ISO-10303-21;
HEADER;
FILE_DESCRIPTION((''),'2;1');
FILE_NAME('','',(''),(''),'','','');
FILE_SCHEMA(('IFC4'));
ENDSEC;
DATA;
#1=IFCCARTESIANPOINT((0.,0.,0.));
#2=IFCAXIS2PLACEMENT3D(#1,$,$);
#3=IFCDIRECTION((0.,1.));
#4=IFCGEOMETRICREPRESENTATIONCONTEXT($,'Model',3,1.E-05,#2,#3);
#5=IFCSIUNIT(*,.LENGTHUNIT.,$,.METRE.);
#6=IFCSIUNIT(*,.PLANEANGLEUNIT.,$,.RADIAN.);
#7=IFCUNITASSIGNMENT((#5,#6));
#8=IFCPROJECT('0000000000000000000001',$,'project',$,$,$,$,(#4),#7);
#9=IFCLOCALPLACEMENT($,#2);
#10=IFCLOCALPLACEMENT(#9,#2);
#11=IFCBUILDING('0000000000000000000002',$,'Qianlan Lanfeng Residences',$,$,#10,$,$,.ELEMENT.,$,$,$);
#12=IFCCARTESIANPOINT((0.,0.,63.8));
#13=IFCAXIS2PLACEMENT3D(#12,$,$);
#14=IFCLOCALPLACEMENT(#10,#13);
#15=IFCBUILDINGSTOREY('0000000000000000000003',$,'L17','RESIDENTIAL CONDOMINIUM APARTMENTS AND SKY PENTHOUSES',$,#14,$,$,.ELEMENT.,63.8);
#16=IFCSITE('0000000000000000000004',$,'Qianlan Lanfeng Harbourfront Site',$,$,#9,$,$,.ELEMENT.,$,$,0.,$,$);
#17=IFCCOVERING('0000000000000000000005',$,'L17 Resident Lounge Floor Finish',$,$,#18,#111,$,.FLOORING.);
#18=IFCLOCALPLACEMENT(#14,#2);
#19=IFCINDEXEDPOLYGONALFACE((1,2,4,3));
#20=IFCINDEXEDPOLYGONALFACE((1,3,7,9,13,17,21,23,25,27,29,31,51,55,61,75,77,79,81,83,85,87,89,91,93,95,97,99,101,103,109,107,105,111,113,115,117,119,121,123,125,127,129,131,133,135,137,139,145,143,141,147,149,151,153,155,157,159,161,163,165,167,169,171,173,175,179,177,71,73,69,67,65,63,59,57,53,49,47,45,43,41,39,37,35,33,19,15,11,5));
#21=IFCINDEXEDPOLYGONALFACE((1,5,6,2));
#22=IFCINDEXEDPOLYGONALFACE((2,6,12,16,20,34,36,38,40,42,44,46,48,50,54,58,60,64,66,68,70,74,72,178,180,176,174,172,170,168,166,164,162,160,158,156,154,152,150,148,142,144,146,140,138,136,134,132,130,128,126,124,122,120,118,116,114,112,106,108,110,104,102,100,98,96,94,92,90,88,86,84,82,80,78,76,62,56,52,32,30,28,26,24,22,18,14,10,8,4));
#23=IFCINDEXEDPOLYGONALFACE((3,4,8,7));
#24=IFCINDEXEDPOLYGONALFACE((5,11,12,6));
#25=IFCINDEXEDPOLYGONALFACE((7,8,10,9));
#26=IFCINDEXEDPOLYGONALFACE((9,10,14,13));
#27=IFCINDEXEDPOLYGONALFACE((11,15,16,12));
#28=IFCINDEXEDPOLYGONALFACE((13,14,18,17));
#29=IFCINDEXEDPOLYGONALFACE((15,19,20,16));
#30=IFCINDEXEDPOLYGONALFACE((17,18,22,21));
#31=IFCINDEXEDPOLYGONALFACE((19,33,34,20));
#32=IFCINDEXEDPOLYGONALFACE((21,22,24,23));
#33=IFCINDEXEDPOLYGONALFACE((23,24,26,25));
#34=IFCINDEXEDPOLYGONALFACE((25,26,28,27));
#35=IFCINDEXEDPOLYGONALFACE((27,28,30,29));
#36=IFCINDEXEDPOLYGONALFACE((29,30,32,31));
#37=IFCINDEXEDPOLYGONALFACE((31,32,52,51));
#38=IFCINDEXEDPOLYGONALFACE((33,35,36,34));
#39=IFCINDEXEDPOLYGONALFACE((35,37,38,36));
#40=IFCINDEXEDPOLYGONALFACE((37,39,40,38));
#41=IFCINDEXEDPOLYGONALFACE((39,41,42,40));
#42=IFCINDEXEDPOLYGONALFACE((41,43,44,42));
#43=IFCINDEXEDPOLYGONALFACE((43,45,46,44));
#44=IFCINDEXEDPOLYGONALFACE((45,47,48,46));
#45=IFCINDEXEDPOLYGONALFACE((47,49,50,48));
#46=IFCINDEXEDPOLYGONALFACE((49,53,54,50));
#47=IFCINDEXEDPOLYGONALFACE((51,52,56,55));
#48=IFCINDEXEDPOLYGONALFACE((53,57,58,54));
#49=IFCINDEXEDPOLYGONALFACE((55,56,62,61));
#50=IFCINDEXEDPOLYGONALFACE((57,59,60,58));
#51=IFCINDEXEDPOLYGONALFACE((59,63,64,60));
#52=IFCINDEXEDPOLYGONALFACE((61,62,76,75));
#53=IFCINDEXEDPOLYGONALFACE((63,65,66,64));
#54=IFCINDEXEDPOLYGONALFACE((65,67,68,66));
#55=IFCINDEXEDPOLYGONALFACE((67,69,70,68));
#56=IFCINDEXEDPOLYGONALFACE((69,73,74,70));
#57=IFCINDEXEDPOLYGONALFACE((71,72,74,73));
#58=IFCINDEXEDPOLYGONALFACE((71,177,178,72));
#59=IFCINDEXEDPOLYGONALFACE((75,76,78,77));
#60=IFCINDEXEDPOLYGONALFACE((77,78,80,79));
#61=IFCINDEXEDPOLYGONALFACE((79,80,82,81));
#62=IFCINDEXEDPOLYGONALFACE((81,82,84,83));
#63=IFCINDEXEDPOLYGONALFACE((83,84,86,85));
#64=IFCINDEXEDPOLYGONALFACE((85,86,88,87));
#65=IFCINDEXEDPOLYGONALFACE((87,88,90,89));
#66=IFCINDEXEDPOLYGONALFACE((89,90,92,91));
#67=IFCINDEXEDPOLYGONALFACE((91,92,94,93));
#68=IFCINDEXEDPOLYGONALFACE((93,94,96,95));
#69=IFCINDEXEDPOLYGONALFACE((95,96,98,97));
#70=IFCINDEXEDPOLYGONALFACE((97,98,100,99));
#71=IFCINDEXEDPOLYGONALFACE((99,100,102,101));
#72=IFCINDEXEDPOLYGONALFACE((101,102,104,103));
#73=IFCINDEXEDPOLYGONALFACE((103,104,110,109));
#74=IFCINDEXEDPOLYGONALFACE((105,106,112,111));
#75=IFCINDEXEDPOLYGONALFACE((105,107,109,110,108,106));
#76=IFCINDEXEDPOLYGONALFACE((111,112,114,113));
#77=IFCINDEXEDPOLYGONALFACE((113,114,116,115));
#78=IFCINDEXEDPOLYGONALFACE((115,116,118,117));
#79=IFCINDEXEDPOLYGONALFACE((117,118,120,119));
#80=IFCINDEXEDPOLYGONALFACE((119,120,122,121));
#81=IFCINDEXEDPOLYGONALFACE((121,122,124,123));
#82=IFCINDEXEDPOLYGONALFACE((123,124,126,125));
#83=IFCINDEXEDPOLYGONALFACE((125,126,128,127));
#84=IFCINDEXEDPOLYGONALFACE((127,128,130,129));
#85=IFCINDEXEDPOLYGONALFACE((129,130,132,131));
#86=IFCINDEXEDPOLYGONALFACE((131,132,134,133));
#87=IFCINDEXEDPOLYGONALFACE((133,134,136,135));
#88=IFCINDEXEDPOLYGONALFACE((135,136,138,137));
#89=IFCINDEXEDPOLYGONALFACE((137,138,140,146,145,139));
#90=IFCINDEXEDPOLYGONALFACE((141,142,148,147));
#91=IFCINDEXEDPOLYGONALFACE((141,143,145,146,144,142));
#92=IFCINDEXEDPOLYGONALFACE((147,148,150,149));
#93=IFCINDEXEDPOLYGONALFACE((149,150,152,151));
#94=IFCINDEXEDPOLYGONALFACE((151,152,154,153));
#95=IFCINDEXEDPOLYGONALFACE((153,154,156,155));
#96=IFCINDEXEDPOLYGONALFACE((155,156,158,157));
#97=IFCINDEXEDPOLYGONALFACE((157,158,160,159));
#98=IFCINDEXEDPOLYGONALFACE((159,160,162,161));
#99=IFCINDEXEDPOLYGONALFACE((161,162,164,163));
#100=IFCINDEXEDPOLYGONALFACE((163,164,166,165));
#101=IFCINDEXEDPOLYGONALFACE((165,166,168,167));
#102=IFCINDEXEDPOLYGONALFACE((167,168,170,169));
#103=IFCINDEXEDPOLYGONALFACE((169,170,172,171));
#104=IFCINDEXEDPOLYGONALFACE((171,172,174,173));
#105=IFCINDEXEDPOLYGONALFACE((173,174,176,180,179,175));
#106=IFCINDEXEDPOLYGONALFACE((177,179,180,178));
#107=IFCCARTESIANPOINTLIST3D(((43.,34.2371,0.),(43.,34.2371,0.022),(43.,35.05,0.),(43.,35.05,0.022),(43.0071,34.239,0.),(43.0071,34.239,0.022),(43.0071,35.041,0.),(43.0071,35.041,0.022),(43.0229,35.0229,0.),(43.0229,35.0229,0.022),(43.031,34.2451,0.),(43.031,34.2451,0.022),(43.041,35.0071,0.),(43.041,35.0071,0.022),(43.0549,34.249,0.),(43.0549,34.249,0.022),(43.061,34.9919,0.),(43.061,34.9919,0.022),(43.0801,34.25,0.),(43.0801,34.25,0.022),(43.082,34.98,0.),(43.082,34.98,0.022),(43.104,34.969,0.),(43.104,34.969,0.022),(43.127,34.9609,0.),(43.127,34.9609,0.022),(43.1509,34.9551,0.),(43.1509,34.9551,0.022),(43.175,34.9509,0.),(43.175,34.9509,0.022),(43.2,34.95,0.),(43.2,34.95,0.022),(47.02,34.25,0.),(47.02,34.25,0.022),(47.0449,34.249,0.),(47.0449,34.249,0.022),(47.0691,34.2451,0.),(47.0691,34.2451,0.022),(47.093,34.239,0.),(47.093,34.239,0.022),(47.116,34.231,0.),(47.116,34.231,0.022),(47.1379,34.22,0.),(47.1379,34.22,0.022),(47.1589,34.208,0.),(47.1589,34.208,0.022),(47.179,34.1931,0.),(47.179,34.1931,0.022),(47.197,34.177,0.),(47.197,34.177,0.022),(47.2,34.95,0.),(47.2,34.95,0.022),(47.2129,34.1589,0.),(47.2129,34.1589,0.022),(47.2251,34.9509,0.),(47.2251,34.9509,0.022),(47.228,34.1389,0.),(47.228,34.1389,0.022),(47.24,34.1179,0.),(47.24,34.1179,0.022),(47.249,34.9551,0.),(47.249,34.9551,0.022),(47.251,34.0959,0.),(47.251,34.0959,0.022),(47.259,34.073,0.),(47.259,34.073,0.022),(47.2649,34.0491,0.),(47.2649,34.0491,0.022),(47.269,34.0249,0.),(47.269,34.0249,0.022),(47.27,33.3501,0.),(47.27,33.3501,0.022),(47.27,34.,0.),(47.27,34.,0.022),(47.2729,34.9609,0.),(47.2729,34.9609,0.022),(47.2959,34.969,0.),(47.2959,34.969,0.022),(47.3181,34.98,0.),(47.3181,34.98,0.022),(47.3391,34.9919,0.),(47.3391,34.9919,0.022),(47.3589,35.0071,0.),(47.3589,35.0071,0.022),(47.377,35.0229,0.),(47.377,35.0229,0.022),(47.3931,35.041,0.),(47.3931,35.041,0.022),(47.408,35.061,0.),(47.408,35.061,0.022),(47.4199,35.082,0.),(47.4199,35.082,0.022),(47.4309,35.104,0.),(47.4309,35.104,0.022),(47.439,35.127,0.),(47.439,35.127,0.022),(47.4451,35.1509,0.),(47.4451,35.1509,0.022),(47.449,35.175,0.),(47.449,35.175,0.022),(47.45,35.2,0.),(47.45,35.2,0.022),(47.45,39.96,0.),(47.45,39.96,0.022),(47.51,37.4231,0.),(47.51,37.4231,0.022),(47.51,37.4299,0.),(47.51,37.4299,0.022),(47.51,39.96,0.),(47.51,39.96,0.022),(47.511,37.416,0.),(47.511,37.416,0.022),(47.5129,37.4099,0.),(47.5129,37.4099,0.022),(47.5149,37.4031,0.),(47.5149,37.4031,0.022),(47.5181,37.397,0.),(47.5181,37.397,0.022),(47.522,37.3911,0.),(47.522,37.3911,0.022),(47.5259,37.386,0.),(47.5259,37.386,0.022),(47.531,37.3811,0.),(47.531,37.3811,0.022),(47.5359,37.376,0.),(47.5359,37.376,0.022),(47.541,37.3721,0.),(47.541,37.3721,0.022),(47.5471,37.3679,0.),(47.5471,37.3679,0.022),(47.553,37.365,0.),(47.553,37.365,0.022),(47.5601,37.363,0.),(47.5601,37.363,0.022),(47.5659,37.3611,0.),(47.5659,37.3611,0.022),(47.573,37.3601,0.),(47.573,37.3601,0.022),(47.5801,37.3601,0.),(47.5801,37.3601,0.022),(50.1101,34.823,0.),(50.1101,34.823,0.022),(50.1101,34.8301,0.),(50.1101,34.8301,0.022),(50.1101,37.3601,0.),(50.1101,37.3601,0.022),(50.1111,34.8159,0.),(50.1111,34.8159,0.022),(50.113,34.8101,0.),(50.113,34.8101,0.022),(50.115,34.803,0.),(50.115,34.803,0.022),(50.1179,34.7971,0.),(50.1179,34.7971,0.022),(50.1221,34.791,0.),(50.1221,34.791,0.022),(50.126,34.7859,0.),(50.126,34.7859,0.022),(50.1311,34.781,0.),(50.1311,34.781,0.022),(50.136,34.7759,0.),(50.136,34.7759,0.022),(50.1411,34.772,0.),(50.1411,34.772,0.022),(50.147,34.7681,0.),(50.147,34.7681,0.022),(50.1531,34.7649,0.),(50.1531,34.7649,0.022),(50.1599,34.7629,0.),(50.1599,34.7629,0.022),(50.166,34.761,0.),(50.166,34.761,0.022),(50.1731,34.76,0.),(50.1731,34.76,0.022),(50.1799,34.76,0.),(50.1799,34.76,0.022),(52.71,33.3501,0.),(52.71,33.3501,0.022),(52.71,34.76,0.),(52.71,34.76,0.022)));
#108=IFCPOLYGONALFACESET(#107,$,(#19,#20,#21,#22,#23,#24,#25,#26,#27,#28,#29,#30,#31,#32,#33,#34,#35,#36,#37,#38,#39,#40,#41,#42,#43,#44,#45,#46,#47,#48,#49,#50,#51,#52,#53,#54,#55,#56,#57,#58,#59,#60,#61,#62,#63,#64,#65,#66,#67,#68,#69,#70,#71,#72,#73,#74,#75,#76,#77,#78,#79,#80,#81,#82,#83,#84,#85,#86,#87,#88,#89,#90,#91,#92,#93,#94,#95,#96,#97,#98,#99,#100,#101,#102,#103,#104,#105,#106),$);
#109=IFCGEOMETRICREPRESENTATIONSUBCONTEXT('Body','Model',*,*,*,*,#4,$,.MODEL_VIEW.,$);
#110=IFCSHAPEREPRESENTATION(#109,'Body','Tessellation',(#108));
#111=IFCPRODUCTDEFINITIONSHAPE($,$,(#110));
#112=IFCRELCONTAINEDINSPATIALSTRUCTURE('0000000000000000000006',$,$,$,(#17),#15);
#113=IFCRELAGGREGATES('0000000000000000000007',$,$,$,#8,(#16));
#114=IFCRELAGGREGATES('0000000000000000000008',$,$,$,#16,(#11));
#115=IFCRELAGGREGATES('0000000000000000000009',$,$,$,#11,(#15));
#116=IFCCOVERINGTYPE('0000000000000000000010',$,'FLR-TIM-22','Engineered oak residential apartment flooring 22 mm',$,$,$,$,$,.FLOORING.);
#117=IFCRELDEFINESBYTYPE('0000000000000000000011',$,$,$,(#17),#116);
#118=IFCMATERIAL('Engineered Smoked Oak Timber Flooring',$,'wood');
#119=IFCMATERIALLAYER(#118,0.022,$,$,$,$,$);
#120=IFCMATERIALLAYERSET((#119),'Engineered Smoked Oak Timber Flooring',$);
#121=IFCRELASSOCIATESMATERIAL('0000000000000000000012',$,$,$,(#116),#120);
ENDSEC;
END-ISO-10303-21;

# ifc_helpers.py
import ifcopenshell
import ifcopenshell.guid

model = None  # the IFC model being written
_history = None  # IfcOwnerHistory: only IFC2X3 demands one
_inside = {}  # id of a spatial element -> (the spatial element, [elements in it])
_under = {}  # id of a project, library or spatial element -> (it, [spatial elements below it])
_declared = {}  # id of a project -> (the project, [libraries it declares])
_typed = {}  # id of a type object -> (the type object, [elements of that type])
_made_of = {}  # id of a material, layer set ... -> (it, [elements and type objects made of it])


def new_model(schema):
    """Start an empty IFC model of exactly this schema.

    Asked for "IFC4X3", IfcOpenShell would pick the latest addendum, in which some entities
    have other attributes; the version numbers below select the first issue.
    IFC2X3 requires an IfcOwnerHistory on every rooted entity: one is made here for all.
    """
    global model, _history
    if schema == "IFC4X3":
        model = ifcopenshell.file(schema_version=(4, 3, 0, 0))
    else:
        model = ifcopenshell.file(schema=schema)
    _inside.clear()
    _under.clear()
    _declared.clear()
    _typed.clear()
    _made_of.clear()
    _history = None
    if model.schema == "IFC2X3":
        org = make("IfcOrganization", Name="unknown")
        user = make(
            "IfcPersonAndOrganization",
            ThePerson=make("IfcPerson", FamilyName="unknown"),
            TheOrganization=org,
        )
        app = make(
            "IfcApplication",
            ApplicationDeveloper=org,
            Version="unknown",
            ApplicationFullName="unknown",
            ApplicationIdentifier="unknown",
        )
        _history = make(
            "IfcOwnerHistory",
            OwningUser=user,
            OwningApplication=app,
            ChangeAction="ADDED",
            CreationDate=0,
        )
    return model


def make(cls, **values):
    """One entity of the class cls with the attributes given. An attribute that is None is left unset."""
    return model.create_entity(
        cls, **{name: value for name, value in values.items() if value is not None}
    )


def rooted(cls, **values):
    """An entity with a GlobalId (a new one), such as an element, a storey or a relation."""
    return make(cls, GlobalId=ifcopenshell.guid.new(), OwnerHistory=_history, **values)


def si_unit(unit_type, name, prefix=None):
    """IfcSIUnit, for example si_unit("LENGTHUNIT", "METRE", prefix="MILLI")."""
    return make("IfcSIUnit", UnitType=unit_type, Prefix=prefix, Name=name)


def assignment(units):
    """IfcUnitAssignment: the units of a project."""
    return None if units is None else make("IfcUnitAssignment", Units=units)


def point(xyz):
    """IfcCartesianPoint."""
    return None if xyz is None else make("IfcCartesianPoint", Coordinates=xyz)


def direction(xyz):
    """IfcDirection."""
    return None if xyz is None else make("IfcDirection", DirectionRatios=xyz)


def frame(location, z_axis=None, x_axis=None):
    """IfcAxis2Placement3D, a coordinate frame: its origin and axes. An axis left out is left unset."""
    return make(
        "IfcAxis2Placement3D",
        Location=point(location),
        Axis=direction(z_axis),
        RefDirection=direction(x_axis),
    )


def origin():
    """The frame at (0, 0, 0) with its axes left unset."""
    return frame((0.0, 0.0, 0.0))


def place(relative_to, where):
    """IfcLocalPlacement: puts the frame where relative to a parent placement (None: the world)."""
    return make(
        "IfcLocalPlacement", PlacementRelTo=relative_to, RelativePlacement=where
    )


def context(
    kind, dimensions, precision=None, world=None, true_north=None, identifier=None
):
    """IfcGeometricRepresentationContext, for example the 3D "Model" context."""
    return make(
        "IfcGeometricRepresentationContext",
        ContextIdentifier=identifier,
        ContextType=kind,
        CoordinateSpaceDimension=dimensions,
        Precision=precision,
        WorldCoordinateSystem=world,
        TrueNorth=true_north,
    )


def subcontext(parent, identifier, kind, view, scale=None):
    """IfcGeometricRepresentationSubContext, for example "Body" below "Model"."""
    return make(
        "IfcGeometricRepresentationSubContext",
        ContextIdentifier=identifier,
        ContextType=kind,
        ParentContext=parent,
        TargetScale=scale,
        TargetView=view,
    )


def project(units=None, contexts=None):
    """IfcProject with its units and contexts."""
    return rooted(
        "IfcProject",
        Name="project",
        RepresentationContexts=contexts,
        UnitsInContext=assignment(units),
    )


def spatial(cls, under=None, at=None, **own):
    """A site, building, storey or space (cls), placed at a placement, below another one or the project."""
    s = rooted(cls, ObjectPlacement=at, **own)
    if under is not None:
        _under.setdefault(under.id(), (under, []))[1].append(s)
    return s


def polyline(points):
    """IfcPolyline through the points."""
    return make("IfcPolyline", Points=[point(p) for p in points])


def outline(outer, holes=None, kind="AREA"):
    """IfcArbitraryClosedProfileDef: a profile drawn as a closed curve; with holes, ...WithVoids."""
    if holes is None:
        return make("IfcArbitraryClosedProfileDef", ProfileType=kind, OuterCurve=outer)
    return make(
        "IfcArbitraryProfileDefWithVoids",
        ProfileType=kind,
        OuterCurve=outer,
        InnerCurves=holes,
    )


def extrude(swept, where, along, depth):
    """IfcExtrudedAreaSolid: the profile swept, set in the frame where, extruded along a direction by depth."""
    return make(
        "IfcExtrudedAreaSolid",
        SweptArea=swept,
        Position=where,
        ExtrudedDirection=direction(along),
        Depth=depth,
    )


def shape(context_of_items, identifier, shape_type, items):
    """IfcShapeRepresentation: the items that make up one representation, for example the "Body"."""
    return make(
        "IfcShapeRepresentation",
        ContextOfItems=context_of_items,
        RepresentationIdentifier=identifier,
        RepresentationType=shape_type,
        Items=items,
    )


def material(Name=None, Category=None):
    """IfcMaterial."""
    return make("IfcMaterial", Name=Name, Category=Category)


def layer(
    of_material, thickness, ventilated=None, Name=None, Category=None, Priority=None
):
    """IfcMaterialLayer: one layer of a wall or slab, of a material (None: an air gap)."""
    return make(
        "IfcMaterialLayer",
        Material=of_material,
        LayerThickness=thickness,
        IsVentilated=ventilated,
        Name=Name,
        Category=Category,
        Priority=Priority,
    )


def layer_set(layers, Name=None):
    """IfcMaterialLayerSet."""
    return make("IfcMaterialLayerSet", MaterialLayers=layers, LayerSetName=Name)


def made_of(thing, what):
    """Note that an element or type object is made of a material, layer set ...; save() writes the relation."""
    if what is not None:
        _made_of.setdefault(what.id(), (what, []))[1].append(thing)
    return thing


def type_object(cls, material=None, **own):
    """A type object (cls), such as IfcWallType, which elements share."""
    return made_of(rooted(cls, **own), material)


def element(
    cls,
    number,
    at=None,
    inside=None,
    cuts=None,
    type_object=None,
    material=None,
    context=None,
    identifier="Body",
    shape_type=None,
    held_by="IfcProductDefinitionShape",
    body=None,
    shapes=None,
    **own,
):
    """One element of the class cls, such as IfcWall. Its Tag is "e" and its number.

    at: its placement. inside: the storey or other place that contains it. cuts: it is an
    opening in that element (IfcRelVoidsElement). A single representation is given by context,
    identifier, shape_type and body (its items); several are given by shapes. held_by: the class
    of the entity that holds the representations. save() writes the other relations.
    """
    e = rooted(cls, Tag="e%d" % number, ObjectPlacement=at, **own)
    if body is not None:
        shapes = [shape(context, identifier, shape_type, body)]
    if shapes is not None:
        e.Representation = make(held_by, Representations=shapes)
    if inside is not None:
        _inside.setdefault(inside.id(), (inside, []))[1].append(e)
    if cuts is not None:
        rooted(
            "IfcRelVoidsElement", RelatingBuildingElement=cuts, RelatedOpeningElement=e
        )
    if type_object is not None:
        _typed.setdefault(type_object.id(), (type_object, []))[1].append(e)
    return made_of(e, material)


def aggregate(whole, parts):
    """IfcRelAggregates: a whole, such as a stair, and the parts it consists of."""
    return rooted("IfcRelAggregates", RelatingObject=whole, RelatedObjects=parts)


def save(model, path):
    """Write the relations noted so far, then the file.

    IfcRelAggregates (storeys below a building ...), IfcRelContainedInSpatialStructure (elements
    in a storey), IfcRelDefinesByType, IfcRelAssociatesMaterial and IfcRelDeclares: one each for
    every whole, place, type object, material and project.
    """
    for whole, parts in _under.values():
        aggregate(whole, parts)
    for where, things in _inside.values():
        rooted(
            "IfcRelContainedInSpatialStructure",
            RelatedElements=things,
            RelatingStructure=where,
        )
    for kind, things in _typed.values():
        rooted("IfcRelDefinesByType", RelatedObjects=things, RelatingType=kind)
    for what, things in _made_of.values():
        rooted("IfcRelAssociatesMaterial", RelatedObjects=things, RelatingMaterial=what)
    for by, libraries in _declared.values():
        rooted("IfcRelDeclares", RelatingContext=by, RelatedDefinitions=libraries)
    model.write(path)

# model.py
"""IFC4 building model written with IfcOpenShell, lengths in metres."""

from ifc_helpers import new_model, si_unit, direction, frame, origin, place, context, subcontext, project, spatial, polyline, outline, extrude, material, layer, layer_set, type_object, element, save


model = new_model("IFC4")

# Units and contexts
model_context = context("Model", 3, precision=1e-05, world=origin(), true_north=direction((0.0, 1.0)))
body_context = subcontext(model_context, "Body", "Model", "MODEL_VIEW")
ifc_project = project(units=[si_unit("LENGTHUNIT", "METRE"), si_unit("PLANEANGLEUNIT", "RADIAN")], contexts=[model_context])

# Site, building, storey
site_placement = place(None, origin())
site = spatial("IfcSite", under=ifc_project, at=site_placement, Name="Qianlan Lanfeng Harbourfront Site", CompositionType="ELEMENT", RefElevation=0.0)
building_placement = place(site_placement, origin())
building = spatial("IfcBuilding", under=site, at=building_placement, Name="Qianlan Lanfeng Residences", CompositionType="ELEMENT")
storey_placement = place(building_placement, frame((0.0, 0.0, 63.8)))
storey = spatial("IfcBuildingStorey", under=building, at=storey_placement, Name="L17", Description="RESIDENTIAL CONDOMINIUM APARTMENTS AND SKY PENTHOUSES", CompositionType="ELEMENT", Elevation=63.8)

# Covering
ifc_material_1 = material(Name="Engineered Smoked Oak Timber Flooring", Category="wood")
ifc_layer_1 = layer(ifc_material_1, 0.022)
ifc_layer_set_1 = layer_set([ifc_layer_1], Name="Engineered Smoked Oak Timber Flooring")
covering_type = type_object("IfcCoveringType", Name="FLR-TIM-22", Description="Engineered oak residential apartment flooring 22 mm", PredefinedType="FLOORING", material=ifc_layer_set_1)
covering_1_placement = place(storey_placement, origin())
element("IfcCovering", 1, at=covering_1_placement, inside=storey, type_object=covering_type, Name="L17 Resident Lounge Floor Finish", PredefinedType="FLOORING", context=body_context, shape_type="SweptSolid", body=[
    extrude(outline(polyline([(43.0, 34.2371), (43.0071, 34.239), (43.031, 34.2451), (43.0549, 34.249), (43.0801, 34.25), (47.02, 34.25), (47.0449, 34.249), (47.0691, 34.2451), (47.093, 34.239), (47.116, 34.231), (47.1379, 34.22), (47.1589, 34.208), (47.179, 34.1931), (47.197, 34.177), (47.2129, 34.1589), (47.228, 34.1389), (47.24, 34.1179), (47.251, 34.0959), (47.259, 34.073), (47.2649, 34.0491), (47.269, 34.0249), (47.27, 34.0), (47.27, 33.3501), (52.71, 33.3501), (52.71, 34.76), (50.1799, 34.76), (50.1731, 34.76), (50.166, 34.761), (50.1599, 34.7629), (50.1531, 34.7649), (50.147, 34.7681), (50.1411, 34.772), (50.136, 34.7759), (50.1311, 34.781), (50.126, 34.7859), (50.1221, 34.791), (50.1179, 34.7971), (50.115, 34.803), (50.113, 34.8101), (50.1111, 34.8159), (50.1101, 34.823), (50.1101, 34.8301), (50.1101, 37.3601), (47.5801, 37.3601), (47.573, 37.3601), (47.5659, 37.3611), (47.5601, 37.363), (47.553, 37.365), (47.5471, 37.3679), (47.541, 37.3721), (47.5359, 37.376), (47.531, 37.3811), (47.5259, 37.386), (47.522, 37.3911), (47.5181, 37.397), (47.5149, 37.4031), (47.5129, 37.4099), (47.511, 37.416), (47.51, 37.4231), (47.51, 37.4299), (47.51, 39.96), (47.45, 39.96), (47.45, 35.2), (47.449, 35.175), (47.4451, 35.1509), (47.439, 35.127), (47.4309, 35.104), (47.4199, 35.082), (47.408, 35.061), (47.3931, 35.041), (47.377, 35.0229), (47.3589, 35.0071), (47.3391, 34.9919), (47.3181, 34.98), (47.2959, 34.969), (47.2729, 34.9609), (47.249, 34.9551), (47.2251, 34.9509), (47.2, 34.95), (43.2, 34.95), (43.175, 34.9509), (43.1509, 34.9551), (43.127, 34.9609), (43.104, 34.969), (43.082, 34.98), (43.061, 34.9919), (43.041, 35.0071), (43.0229, 35.0229), (43.0071, 35.041), (43.0, 35.05), (43.0, 34.2371)])), origin(), (0.0, 0.0, 1.0), 0.022),
])

save(model, "model.ifc")
